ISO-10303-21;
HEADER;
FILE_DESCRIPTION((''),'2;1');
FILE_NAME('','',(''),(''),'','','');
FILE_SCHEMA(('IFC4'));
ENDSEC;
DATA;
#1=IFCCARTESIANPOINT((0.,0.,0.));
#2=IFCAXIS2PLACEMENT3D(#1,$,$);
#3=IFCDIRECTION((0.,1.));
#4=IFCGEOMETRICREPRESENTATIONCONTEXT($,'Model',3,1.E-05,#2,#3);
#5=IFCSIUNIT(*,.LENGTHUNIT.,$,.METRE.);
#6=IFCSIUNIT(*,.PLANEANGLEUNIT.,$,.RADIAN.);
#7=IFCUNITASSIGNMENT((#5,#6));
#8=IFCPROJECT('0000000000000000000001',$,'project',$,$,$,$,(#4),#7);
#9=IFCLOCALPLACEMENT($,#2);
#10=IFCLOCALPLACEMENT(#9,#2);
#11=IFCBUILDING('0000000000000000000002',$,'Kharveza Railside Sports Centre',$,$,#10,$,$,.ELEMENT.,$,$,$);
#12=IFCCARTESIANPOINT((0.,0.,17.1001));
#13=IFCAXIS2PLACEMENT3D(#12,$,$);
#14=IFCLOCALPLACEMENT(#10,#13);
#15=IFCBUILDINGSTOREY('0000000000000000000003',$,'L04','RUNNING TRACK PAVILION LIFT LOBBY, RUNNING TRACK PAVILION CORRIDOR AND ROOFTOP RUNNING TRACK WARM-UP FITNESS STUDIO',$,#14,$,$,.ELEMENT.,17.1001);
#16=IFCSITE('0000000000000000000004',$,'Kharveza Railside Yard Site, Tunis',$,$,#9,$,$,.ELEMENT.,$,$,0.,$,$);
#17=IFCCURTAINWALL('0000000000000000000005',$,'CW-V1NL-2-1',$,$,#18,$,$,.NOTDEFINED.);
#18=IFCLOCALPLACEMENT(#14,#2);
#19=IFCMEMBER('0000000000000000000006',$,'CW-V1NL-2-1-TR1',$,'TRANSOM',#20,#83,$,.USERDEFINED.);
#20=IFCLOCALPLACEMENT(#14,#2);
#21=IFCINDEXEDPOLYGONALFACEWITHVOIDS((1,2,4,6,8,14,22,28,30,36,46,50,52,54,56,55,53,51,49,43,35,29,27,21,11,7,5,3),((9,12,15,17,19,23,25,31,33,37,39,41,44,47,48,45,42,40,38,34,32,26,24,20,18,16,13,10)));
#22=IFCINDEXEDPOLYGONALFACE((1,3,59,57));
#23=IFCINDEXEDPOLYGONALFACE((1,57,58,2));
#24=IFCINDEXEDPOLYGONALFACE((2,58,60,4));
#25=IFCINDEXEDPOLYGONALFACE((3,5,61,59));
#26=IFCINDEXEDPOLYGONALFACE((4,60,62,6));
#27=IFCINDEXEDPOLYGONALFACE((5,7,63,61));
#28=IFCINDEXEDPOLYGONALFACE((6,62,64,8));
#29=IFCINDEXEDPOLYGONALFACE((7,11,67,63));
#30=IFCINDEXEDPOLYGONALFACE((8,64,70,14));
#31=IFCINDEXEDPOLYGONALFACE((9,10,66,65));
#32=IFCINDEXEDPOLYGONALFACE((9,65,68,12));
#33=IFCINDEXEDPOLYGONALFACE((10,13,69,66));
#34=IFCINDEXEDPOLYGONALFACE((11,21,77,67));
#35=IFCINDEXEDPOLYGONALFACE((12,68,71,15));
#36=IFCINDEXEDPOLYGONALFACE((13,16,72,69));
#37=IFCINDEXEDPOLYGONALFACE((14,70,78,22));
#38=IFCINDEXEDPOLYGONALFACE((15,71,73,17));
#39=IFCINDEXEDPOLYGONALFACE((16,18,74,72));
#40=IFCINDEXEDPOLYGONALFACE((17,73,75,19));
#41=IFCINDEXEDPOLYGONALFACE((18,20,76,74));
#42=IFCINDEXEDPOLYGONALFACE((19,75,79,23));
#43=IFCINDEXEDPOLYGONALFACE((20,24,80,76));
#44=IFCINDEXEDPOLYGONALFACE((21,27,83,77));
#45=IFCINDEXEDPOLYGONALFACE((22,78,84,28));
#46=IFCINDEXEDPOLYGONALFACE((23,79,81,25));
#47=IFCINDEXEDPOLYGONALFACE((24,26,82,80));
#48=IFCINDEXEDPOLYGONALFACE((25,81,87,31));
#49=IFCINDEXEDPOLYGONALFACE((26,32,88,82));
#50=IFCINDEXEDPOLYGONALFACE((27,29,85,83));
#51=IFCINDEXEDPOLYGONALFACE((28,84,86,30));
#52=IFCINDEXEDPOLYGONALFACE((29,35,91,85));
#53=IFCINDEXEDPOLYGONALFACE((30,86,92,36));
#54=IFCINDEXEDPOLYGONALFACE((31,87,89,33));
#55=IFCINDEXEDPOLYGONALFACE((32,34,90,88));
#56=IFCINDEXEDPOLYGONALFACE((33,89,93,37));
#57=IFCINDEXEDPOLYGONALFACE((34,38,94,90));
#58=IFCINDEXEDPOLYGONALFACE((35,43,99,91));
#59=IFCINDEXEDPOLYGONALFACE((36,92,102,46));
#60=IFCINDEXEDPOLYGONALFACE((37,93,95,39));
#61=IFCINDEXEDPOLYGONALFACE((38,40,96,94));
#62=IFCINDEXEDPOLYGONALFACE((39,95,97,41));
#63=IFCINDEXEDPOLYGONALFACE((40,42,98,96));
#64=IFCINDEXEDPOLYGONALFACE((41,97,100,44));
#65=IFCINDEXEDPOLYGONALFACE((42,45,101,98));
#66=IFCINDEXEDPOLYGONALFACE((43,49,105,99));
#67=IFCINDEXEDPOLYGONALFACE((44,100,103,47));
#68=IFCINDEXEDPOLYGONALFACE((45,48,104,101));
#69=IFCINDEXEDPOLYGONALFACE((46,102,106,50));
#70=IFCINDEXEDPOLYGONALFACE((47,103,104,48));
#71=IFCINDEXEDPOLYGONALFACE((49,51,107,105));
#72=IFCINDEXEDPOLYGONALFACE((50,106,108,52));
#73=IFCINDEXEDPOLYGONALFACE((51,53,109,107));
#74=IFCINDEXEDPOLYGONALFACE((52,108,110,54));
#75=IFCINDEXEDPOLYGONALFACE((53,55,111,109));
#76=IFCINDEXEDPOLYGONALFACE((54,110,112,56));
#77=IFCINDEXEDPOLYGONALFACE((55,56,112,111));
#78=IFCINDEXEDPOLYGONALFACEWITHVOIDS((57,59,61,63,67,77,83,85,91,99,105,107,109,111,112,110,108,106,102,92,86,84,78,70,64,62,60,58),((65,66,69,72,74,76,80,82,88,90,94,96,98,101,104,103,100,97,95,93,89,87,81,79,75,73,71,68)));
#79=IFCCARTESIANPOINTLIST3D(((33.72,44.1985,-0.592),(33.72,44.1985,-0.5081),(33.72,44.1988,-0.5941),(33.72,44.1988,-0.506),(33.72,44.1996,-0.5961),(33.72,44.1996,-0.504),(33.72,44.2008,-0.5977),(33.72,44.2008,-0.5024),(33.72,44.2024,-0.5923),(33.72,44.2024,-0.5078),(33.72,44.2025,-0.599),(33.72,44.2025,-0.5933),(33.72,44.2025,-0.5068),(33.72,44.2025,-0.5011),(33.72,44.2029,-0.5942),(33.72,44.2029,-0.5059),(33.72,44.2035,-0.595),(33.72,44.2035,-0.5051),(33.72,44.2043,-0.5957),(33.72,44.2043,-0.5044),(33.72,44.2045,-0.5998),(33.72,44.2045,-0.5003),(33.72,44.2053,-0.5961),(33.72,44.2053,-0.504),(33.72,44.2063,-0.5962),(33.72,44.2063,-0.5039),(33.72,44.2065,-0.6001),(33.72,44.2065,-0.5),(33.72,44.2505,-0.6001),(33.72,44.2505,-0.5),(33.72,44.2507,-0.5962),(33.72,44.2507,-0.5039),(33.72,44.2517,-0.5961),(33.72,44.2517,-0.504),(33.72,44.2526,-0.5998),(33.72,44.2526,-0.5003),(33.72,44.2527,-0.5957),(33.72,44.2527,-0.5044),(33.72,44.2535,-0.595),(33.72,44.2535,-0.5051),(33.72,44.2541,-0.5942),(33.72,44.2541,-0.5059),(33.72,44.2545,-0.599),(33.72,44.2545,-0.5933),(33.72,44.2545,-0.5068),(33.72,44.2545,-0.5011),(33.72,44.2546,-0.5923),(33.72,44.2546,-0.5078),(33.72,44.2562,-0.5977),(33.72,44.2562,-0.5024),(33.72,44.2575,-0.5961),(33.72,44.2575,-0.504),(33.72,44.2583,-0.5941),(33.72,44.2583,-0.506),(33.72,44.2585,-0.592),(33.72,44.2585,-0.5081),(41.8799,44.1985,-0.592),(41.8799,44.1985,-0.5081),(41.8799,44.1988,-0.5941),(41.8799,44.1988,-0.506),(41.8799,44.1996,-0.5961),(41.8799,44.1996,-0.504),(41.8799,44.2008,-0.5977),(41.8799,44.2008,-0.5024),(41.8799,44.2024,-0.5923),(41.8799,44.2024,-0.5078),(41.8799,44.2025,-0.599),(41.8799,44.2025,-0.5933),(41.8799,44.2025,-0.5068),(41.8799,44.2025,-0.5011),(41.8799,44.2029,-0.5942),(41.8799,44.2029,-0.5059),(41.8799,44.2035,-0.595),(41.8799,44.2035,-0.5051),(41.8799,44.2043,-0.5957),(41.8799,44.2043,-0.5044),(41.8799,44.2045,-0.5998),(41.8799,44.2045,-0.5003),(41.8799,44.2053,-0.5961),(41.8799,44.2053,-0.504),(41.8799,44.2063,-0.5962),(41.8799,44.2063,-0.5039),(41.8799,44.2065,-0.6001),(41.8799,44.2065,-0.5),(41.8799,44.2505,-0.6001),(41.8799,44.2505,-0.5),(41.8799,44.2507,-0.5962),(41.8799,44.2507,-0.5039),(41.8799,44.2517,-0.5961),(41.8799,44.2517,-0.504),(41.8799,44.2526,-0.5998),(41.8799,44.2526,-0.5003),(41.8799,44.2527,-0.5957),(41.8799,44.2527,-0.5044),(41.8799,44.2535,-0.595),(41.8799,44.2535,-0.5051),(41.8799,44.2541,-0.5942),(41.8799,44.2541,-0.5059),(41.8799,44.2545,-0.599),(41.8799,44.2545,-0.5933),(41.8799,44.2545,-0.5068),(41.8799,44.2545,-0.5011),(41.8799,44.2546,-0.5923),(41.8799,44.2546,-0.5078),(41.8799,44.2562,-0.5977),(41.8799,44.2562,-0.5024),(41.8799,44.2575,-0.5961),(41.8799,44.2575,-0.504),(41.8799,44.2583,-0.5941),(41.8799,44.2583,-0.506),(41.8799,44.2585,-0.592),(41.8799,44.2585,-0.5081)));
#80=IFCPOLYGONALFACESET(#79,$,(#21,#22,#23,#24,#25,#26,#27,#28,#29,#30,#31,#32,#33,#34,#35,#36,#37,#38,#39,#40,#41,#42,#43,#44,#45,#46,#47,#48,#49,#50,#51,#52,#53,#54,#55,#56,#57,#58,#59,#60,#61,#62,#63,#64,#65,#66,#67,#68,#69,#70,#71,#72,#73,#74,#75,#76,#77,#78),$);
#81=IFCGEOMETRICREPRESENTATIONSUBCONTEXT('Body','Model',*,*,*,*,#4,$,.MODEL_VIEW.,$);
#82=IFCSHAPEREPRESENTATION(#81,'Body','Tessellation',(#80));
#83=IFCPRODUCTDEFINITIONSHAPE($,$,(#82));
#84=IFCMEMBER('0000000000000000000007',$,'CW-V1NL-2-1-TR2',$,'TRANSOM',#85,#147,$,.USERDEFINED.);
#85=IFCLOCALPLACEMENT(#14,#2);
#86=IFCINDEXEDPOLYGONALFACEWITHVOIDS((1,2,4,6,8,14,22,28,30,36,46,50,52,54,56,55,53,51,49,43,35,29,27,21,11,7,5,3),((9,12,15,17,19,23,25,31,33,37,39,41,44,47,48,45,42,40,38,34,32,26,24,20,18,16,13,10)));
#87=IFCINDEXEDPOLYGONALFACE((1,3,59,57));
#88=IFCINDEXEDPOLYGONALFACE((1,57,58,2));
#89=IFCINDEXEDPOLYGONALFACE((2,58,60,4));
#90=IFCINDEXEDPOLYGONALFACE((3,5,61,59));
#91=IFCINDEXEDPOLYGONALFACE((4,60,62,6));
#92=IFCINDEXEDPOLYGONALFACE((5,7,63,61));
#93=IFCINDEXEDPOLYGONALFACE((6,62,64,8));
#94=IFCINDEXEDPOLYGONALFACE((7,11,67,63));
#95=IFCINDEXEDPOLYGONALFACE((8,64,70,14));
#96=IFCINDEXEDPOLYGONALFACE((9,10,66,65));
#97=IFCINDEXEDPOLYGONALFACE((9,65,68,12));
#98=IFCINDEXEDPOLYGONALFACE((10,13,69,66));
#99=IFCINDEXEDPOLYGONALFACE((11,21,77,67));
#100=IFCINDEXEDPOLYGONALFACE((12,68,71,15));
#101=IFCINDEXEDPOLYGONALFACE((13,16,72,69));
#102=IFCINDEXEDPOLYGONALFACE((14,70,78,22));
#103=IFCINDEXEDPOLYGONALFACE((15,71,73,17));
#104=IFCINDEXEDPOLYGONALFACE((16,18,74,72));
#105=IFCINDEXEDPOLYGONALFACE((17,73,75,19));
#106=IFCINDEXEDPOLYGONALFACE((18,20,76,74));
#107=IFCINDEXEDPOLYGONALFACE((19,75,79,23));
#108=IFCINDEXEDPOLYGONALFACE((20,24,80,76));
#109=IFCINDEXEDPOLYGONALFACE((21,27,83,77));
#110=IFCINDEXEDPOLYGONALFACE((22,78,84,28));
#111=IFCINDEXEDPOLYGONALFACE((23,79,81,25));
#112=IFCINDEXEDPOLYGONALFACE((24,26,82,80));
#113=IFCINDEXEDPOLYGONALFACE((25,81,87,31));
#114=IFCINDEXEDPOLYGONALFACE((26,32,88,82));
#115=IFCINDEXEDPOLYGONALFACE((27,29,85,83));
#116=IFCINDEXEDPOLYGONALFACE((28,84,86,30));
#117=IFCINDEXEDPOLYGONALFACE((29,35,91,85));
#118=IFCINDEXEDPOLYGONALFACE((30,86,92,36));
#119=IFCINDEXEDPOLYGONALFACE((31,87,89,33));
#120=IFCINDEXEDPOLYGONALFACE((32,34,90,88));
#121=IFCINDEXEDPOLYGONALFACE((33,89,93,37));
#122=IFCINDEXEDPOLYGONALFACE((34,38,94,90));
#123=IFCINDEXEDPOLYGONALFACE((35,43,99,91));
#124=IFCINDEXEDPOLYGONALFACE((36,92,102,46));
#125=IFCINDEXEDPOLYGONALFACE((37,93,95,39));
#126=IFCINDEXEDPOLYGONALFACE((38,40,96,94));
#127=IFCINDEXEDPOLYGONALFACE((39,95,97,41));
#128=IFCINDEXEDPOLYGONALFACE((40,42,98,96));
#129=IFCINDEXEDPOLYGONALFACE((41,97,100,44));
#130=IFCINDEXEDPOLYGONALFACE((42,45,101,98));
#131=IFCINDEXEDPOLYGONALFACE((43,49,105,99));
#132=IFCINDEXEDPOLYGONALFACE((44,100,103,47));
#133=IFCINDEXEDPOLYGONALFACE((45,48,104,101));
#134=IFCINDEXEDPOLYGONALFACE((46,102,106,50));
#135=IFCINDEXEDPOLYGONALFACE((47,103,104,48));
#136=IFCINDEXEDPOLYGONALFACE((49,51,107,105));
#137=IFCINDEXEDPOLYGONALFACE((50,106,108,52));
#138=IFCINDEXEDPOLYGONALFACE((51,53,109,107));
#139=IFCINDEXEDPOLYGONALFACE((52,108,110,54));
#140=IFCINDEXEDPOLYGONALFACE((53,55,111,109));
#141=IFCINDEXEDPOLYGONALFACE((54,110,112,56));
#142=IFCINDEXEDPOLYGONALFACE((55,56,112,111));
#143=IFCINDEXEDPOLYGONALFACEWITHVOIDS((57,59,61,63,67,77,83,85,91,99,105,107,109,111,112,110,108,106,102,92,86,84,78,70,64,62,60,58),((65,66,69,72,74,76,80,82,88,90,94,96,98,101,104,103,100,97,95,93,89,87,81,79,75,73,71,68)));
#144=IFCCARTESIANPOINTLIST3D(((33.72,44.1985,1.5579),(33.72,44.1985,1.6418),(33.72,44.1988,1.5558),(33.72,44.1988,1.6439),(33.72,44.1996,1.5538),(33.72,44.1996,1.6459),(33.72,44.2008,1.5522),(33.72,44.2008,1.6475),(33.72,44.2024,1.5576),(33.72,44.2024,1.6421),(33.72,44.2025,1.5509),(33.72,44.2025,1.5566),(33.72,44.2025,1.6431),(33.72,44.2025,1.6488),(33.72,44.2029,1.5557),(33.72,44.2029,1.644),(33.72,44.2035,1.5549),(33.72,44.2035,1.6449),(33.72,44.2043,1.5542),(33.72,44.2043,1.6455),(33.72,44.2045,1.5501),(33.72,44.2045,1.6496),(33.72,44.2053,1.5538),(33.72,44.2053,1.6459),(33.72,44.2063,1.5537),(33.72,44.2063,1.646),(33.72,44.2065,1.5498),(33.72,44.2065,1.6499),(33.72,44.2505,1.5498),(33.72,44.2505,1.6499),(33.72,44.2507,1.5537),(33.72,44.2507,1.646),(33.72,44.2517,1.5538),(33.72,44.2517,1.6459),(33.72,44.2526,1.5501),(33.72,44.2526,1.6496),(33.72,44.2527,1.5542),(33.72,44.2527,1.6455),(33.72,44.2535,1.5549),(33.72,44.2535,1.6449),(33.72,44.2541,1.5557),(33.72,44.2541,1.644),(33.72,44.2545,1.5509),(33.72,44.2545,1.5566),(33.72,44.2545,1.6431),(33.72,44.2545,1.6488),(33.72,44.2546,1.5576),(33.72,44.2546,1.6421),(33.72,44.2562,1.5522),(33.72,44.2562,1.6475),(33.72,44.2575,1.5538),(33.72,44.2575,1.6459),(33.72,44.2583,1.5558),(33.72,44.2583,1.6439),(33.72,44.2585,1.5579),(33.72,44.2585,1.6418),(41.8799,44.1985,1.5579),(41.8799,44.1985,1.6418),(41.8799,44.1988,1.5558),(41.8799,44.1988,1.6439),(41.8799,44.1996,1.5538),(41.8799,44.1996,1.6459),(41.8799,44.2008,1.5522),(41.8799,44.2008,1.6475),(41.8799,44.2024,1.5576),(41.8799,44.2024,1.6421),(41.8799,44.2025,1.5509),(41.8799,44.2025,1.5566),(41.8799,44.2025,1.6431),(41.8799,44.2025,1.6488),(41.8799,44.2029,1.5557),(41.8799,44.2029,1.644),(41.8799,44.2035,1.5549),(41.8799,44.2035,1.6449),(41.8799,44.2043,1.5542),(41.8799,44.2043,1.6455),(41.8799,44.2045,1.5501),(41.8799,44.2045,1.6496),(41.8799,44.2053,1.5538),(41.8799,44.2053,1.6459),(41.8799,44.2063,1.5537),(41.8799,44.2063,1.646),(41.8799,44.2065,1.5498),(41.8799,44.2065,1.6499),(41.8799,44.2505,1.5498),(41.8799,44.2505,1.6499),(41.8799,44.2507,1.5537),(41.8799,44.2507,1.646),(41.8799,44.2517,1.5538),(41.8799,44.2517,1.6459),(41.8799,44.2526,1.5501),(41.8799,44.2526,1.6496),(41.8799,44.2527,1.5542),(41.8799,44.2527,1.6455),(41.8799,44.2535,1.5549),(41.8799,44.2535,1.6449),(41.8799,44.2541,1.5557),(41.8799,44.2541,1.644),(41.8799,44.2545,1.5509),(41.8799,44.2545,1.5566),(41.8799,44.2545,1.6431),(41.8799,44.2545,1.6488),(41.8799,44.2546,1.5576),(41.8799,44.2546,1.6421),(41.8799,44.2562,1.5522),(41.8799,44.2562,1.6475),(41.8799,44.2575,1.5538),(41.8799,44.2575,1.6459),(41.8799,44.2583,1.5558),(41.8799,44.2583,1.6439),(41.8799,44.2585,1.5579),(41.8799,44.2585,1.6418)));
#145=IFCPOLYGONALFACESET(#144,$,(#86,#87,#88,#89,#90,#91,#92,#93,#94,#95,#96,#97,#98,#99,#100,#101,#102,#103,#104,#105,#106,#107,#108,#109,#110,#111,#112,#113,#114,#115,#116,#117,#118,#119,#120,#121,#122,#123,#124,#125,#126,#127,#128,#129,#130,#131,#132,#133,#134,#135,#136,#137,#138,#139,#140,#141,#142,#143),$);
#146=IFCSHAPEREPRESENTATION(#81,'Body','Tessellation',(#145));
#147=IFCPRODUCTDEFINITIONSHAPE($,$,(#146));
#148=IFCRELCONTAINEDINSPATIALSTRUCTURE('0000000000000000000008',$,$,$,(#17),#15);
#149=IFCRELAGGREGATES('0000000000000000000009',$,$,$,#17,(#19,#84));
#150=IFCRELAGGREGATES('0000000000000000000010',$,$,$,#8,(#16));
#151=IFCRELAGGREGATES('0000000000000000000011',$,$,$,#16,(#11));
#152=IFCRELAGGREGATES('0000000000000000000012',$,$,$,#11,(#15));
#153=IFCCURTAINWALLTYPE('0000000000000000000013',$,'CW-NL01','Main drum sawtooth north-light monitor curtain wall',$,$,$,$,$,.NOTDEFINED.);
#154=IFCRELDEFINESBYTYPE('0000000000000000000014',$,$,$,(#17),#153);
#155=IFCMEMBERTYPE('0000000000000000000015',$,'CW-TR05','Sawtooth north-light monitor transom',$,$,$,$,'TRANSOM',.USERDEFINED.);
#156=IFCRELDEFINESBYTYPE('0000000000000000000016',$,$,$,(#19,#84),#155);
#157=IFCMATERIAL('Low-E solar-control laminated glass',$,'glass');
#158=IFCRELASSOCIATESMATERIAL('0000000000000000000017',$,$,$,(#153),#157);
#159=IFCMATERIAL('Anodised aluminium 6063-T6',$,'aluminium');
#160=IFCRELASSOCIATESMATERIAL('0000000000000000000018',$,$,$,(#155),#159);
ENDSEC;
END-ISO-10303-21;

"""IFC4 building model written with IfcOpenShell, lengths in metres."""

from ifc_helpers import new_model, si_unit, direction, frame, origin, origin_2d, place, context, subcontext, project, spatial, hollow_rectangle, extrude, material, material_profile, profile_set, type_object, element, aggregate, save


model = new_model("IFC4")

# Units and contexts
model_context = context("Model", 3, precision=1e-05, world=origin(), true_north=direction((0.0, 1.0)))
body_context = subcontext(model_context, "Body", "Model", "MODEL_VIEW")
ifc_project = project(units=[si_unit("LENGTHUNIT", "METRE"), si_unit("PLANEANGLEUNIT", "RADIAN")], contexts=[model_context])

# Site, building, storey
site_placement = place(None, origin())
site = spatial("IfcSite", under=ifc_project, at=site_placement, Name="Kharveza Railside Yard Site, Tunis", CompositionType="ELEMENT", RefElevation=0.0)
building_placement = place(site_placement, origin())
building = spatial("IfcBuilding", under=site, at=building_placement, Name="Kharveza Railside Sports Centre", CompositionType="ELEMENT")
storey_placement = place(building_placement, frame((0.0, 0.0, 17.1001)))
storey = spatial("IfcBuildingStorey", under=building, at=storey_placement, Name="L04", Description="RUNNING TRACK PAVILION LIFT LOBBY, RUNNING TRACK PAVILION CORRIDOR AND ROOFTOP RUNNING TRACK WARM-UP FITNESS STUDIO", CompositionType="ELEMENT", Elevation=17.1001)

# Shared definitions
ifc_material_1 = material(Name="Low-E solar-control laminated glass", Category="glass")
curtain_wall_type = type_object("IfcCurtainWallType", Name="CW-NL01", Description="Main drum sawtooth north-light monitor curtain wall", PredefinedType="NOTDEFINED", material=ifc_material_1)
ifc_material_2 = material(Name="Anodised aluminium 6063-T6", Category="aluminium")

# Curtain wall
curtain_wall_1_placement = place(storey_placement, origin())
curtain_wall_1 = element("IfcCurtainWall", 1, at=curtain_wall_1_placement, inside=storey, type_object=curtain_wall_type, Name="CW-V1NL-2-1", PredefinedType="NOTDEFINED")

# Members
ifc_material_profile_1 = material_profile(ifc_material_2, hollow_rectangle(XDim=0.0601, YDim=0.1001, WallThickness=0.0039, InnerFilletRadius=0.0039, OuterFilletRadius=0.0081, at=origin_2d()), Name="RHS 60x100x4.0")
ifc_profile_set_1 = profile_set([ifc_material_profile_1], Name="Anodised aluminium 6063-T6")
member_type_1 = type_object("IfcMemberType", Name="CW-TR05", Description="Sawtooth north-light monitor transom", ElementType="TRANSOM", PredefinedType="USERDEFINED", material=ifc_profile_set_1)
member_1_placement = place(storey_placement, frame((33.72, 44.2285, -0.55), z_axis=(1.0, 0.0, 0.0), x_axis=(0.0, 1.0, 0.0)))
member_1 = element("IfcMember", 2, at=member_1_placement, type_object=member_type_1, Name="CW-V1NL-2-1-TR1", ObjectType="TRANSOM", PredefinedType="USERDEFINED", context=body_context, shape_type="SweptSolid", body=[
    extrude(hollow_rectangle(XDim=0.0601, YDim=0.1001, WallThickness=0.0039, InnerFilletRadius=0.0039, OuterFilletRadius=0.0081, at=origin_2d()), origin(), (0.0, 0.0, 1.0), 8.1599),
])
member_2_placement = place(storey_placement, frame((33.72, 44.2285, 1.5999), z_axis=(1.0, 0.0, 0.0), x_axis=(0.0, 1.0, 0.0)))
member_2 = element("IfcMember", 3, at=member_2_placement, type_object=member_type_1, Name="CW-V1NL-2-1-TR2", ObjectType="TRANSOM", PredefinedType="USERDEFINED", context=body_context, shape_type="SweptSolid", body=[
    extrude(hollow_rectangle(XDim=0.0601, YDim=0.1001, WallThickness=0.0039, InnerFilletRadius=0.0039, OuterFilletRadius=0.0081, at=origin_2d()), origin(), (0.0, 0.0, 1.0), 8.1599),
])

aggregate(curtain_wall_1, [member_1, member_2])

save(model, "model.ifc")
